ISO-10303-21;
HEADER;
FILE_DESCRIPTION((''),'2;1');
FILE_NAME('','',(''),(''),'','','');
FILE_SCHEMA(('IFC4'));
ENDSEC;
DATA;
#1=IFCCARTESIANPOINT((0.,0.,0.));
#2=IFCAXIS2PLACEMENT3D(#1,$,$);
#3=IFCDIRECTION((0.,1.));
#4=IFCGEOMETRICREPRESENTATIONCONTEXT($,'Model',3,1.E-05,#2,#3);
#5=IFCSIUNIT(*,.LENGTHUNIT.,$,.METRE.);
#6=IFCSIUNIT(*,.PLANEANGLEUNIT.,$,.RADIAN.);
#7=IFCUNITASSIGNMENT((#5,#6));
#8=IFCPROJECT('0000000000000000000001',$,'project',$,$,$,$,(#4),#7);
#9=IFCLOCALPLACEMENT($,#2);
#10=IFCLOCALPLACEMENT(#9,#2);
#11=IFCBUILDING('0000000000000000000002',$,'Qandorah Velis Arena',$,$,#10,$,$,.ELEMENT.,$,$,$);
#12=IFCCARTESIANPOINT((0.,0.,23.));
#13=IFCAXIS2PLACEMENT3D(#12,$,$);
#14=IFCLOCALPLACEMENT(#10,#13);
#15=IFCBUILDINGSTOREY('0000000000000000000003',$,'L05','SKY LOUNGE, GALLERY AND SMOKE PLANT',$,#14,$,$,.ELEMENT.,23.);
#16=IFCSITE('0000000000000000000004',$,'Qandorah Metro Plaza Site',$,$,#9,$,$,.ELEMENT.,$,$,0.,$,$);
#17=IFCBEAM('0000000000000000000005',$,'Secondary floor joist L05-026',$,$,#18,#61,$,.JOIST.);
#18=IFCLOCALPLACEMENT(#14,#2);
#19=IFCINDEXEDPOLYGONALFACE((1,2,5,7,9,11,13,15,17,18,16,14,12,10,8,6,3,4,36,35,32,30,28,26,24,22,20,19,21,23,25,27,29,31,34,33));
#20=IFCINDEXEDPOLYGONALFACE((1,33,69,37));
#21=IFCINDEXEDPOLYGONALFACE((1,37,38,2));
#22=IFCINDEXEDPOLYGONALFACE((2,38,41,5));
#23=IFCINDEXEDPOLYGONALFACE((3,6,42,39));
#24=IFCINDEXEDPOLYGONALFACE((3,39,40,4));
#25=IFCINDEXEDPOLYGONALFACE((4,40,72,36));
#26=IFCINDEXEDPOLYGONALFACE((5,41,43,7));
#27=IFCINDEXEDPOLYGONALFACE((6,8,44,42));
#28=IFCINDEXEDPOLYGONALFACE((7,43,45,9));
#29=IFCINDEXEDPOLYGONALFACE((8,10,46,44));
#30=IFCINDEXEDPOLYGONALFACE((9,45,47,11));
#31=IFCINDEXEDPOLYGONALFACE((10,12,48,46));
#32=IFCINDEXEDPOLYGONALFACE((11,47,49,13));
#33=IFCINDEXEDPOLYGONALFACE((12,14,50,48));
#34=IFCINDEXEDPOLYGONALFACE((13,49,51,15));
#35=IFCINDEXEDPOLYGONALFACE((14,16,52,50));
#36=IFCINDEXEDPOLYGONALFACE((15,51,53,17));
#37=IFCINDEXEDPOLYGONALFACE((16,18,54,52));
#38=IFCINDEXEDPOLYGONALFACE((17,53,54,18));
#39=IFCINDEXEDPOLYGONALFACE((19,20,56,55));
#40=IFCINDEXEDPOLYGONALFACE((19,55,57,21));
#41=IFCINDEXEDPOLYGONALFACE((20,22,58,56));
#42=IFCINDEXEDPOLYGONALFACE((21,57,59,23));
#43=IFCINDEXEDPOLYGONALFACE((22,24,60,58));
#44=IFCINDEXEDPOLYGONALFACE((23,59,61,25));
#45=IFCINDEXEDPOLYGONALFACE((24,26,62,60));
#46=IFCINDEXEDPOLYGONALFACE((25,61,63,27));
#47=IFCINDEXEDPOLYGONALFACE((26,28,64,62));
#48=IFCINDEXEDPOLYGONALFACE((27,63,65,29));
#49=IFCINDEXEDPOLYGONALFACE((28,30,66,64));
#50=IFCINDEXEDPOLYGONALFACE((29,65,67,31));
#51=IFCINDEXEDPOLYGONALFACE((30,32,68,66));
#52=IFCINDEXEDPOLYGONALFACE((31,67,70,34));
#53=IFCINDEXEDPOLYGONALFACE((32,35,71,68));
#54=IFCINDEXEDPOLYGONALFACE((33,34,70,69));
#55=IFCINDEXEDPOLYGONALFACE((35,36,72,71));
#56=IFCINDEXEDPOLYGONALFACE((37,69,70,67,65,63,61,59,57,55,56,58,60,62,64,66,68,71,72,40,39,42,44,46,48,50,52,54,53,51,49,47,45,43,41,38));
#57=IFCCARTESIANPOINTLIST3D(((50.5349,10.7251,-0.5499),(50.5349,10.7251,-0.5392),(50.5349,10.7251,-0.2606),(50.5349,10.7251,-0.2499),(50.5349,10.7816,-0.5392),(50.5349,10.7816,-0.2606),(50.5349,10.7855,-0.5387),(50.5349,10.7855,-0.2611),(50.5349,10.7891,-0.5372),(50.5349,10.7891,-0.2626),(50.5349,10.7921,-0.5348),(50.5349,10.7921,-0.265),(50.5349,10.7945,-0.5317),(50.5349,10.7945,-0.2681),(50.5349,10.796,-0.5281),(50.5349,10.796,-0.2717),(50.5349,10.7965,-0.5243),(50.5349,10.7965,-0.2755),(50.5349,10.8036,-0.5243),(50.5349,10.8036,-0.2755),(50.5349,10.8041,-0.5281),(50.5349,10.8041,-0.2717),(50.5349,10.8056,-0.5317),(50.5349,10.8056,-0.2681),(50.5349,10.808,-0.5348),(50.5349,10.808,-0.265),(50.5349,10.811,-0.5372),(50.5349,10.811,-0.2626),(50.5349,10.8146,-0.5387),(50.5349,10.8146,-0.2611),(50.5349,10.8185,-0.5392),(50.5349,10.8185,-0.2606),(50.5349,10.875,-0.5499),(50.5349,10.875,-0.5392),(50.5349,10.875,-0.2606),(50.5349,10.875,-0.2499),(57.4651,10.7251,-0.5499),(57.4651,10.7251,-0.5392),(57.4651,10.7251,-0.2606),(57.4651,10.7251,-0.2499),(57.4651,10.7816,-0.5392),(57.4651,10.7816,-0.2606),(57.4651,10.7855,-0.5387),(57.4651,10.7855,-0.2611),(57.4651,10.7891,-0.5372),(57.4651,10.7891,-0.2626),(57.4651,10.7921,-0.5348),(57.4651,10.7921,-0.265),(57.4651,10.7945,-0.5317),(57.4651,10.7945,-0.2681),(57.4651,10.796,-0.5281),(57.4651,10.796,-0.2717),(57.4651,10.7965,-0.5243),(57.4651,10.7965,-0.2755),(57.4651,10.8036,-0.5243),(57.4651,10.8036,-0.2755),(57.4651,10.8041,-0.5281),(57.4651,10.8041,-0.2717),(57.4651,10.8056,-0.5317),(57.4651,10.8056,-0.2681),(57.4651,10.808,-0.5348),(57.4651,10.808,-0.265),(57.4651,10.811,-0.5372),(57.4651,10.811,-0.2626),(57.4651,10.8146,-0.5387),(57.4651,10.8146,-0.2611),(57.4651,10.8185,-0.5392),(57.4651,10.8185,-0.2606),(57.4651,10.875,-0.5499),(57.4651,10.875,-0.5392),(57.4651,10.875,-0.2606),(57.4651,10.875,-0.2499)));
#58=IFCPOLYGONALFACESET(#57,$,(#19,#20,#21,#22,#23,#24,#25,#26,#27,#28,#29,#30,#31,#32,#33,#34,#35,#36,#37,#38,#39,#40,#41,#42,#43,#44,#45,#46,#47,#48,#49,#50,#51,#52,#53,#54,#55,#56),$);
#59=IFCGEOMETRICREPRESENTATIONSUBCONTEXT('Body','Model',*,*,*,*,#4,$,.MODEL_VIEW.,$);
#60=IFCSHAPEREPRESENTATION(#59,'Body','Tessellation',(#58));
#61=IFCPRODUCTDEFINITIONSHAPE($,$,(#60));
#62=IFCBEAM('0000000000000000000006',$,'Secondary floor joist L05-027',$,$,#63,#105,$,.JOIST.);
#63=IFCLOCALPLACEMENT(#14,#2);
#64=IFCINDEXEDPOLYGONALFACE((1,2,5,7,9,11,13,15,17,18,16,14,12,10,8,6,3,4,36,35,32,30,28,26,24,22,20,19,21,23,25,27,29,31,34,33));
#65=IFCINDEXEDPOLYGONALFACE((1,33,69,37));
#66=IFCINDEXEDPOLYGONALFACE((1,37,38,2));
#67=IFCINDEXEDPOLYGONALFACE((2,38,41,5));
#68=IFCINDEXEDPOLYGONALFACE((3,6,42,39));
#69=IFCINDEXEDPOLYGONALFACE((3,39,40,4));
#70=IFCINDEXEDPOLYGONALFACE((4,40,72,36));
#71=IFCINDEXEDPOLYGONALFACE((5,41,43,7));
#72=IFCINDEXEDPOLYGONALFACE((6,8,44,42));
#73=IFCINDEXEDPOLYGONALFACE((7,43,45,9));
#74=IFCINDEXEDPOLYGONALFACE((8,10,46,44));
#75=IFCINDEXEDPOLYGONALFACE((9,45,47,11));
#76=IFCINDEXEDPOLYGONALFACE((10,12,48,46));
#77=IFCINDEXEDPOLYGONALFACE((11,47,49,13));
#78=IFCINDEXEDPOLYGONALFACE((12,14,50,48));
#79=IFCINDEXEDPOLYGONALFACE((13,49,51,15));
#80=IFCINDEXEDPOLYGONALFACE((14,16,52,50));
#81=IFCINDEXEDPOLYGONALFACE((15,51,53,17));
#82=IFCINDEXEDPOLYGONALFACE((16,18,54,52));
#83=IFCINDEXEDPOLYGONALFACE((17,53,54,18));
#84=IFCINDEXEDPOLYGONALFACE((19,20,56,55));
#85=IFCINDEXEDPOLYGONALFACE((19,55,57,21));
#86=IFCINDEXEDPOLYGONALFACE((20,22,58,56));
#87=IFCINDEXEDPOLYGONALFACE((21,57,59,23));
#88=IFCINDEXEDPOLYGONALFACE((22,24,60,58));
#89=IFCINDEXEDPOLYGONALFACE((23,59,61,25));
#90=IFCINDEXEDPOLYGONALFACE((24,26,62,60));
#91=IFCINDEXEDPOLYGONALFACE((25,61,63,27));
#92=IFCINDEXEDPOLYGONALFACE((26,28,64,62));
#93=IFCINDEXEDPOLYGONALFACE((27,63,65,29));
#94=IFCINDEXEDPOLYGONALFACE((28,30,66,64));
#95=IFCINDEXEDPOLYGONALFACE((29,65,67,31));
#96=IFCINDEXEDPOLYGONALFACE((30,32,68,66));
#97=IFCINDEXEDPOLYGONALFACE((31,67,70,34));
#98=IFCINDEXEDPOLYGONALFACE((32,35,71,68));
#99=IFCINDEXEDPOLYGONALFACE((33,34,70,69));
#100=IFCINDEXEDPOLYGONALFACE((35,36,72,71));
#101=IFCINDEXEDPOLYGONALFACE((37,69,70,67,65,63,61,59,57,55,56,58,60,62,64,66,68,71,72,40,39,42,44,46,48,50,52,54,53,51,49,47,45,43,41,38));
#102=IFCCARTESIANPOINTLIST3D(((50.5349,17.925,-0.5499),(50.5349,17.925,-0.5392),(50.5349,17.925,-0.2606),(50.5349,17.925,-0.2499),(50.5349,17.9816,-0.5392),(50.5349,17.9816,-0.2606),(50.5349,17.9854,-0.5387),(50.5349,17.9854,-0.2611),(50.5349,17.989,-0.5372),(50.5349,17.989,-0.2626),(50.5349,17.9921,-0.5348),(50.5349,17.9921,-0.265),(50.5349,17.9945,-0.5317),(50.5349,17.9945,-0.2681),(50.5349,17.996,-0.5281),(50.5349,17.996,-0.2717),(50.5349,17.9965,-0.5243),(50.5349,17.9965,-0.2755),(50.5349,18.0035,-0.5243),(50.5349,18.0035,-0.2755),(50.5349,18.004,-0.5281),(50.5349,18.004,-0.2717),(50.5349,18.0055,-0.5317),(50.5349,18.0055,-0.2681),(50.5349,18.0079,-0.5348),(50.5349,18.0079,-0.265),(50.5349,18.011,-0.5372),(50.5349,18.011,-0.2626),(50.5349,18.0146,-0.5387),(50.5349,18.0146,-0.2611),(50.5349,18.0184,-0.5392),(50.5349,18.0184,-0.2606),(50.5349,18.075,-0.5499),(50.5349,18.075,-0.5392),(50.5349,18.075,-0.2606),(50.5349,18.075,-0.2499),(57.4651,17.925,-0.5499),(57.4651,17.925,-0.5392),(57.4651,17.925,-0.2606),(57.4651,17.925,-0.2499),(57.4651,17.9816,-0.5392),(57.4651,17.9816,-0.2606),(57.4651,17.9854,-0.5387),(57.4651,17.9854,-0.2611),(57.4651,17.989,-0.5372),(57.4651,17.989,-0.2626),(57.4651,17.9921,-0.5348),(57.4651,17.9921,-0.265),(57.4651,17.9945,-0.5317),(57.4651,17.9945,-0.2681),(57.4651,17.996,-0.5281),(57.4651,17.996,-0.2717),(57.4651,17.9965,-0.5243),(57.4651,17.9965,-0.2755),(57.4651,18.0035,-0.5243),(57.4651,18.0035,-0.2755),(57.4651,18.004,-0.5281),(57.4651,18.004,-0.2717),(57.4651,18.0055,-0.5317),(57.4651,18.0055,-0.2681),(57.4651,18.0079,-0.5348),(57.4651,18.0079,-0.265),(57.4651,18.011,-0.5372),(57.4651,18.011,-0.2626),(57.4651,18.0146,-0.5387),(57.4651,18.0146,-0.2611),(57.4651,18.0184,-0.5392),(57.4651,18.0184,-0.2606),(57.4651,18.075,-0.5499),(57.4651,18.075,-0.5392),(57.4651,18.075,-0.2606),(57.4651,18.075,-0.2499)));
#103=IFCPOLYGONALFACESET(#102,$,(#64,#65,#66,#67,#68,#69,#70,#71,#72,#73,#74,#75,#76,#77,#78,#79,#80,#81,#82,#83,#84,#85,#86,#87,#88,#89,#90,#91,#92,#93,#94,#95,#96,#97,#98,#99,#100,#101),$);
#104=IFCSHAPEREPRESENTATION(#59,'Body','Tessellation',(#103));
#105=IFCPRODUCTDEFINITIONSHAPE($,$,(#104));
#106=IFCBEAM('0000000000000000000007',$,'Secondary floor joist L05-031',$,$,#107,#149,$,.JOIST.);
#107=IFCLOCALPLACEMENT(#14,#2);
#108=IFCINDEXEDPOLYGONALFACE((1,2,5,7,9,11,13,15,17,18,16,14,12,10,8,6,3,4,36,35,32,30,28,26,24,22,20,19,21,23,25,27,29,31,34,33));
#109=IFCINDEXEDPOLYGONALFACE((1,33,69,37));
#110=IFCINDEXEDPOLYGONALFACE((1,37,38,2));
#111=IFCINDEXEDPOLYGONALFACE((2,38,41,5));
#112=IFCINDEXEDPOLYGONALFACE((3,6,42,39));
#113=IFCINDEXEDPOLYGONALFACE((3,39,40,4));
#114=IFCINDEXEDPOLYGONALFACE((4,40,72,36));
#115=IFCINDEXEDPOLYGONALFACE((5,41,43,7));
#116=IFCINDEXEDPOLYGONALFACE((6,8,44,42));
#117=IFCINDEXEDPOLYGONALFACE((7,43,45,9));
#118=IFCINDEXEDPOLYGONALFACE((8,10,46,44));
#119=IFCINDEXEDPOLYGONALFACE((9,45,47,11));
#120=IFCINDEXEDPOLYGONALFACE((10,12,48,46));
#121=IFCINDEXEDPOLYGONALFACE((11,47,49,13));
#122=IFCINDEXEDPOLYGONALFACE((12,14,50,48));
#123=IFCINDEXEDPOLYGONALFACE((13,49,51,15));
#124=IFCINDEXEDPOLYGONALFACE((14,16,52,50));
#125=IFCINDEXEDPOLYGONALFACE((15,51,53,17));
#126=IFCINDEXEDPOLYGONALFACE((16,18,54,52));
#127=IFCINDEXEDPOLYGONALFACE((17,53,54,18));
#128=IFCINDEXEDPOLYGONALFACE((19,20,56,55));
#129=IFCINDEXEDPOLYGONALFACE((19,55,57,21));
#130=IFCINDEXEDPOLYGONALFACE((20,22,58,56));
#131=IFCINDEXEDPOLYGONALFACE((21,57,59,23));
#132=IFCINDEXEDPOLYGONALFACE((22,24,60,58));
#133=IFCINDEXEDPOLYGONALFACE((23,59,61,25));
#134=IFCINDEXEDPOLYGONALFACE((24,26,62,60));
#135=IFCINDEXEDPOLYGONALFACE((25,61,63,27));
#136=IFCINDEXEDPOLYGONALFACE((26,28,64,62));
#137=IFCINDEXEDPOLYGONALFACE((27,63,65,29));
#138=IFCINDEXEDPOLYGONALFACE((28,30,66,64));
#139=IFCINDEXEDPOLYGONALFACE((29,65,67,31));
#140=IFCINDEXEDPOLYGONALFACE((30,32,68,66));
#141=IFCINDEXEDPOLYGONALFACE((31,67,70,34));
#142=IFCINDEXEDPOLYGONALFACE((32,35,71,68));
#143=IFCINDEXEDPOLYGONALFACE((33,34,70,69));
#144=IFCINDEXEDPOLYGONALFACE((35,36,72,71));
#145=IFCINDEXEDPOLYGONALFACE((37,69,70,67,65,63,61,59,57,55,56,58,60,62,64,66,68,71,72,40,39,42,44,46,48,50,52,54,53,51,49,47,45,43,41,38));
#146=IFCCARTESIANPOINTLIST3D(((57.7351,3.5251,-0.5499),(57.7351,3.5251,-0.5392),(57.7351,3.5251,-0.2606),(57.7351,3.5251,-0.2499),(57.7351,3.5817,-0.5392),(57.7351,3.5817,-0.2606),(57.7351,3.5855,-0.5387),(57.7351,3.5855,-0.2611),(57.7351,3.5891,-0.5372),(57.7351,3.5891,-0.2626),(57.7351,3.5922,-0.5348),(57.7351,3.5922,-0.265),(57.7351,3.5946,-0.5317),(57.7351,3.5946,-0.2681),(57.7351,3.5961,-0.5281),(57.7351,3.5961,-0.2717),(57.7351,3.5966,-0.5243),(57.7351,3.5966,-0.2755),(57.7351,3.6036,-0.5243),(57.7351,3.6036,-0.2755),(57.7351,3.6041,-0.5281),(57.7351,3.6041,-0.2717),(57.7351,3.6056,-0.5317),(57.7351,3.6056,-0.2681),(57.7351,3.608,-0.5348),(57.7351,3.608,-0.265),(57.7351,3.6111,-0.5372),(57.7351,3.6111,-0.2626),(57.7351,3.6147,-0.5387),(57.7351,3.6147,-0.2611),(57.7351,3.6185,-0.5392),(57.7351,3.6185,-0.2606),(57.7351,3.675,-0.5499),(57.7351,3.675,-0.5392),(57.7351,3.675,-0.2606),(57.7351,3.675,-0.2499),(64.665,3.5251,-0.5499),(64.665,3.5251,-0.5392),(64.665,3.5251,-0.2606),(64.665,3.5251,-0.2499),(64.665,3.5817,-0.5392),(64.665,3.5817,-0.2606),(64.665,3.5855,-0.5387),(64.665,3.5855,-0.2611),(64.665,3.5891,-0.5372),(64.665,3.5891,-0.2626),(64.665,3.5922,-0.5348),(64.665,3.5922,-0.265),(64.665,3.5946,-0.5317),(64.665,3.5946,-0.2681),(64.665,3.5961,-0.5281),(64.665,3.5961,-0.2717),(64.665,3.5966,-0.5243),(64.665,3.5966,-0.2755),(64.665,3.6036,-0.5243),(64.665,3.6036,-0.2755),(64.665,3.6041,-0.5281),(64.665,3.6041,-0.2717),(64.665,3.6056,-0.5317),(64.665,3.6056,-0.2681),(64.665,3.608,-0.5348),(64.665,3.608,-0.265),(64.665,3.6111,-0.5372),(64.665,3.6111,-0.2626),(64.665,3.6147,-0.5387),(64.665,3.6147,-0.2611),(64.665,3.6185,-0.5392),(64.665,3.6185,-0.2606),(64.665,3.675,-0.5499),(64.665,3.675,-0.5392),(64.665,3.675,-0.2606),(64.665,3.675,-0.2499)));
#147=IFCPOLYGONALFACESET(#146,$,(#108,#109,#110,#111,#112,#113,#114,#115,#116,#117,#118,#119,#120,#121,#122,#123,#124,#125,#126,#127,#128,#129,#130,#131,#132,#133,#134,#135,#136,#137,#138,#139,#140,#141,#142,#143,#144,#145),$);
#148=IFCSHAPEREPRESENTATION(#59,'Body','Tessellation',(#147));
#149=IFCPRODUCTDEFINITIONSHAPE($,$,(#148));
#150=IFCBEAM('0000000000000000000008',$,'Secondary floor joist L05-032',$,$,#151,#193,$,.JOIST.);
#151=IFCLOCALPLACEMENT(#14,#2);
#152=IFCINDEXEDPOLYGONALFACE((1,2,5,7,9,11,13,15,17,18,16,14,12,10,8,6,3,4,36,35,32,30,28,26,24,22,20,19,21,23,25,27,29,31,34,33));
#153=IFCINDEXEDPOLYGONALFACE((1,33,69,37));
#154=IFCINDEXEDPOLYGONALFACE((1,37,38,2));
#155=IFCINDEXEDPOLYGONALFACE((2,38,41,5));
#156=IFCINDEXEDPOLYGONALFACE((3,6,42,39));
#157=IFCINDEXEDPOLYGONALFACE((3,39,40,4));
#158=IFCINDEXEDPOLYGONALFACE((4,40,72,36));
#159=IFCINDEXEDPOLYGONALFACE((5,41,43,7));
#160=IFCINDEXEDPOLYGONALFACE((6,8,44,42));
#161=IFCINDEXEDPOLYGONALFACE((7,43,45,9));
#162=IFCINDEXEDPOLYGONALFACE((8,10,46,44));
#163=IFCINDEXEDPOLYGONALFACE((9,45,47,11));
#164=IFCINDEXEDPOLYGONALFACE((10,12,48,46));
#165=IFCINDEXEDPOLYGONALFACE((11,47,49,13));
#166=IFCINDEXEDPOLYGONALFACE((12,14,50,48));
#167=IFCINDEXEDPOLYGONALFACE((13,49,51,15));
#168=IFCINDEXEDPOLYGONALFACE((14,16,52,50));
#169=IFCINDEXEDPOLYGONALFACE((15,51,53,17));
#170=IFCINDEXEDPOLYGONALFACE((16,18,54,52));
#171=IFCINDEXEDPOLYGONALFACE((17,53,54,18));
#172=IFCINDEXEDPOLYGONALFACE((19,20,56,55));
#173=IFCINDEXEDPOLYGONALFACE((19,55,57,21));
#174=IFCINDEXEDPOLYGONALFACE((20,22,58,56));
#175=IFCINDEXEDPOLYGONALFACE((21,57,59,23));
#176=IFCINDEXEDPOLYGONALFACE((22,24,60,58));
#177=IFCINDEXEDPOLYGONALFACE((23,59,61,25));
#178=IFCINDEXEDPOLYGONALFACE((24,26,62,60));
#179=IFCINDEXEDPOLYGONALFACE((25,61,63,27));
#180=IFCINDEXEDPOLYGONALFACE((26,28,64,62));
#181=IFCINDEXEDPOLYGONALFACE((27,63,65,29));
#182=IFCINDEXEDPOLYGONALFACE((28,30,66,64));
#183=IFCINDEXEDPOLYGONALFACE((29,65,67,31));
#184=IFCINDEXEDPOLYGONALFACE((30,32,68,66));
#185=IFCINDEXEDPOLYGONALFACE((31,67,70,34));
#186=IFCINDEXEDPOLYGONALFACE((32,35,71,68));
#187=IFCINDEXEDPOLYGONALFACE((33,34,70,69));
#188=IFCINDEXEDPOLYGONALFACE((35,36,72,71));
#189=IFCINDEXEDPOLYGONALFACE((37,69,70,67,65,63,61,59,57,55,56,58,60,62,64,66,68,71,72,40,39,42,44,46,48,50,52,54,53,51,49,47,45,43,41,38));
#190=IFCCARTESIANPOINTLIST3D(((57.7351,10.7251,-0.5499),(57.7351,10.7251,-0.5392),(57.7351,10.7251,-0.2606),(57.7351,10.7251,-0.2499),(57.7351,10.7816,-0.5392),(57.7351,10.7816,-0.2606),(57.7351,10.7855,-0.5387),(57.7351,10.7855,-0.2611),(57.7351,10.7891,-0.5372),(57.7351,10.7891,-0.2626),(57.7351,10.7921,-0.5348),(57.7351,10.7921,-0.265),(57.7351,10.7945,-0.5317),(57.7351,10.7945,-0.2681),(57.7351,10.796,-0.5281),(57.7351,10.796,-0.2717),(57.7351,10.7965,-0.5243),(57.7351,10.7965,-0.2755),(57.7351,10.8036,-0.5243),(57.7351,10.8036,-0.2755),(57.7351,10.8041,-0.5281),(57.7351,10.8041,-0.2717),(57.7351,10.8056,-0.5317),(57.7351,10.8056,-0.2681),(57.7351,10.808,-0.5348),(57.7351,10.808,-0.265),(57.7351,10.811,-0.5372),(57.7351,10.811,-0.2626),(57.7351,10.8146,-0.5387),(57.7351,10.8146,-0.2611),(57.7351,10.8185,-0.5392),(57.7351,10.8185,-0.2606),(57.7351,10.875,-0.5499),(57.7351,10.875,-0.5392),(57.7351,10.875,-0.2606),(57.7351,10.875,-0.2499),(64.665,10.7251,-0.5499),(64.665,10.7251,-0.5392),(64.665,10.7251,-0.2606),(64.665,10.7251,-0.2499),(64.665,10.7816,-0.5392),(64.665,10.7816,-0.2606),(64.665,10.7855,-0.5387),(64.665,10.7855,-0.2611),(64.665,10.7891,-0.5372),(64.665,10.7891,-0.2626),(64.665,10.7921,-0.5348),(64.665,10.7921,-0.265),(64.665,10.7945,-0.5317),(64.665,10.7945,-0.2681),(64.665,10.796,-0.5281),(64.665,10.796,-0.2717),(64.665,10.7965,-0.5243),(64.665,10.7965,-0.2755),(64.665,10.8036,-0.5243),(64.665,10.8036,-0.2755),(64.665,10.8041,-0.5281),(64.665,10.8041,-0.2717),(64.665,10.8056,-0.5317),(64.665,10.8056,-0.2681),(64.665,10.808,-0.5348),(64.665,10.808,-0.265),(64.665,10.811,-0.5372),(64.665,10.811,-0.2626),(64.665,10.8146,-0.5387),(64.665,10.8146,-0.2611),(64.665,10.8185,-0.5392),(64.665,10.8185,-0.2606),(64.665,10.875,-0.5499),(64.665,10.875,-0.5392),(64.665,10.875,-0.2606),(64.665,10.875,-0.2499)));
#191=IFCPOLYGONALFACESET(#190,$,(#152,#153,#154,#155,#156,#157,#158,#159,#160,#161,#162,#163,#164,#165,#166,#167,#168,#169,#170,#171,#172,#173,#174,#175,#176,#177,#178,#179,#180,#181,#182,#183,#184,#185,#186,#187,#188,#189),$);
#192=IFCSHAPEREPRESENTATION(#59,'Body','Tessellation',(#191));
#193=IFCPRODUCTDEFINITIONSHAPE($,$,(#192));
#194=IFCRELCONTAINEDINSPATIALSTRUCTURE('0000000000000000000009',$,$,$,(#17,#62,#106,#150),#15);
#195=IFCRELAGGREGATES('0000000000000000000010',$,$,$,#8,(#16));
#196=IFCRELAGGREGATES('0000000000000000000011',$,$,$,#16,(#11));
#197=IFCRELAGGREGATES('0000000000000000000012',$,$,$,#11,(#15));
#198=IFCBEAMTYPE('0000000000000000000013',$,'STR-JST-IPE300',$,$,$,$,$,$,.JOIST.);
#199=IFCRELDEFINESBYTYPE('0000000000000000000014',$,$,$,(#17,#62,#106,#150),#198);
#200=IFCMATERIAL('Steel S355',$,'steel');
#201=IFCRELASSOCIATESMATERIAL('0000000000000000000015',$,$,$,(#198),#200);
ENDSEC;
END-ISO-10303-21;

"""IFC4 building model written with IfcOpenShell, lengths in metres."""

from ifc_helpers import new_model, si_unit, direction, frame, origin, origin_2d, place, context, subcontext, project, spatial, i_section, extrude, material, material_profile, profile_set, type_object, element, save


model = new_model("IFC4")

# Units and contexts
model_context = context("Model", 3, precision=1e-05, world=origin(), true_north=direction((0.0, 1.0)))
body_context = subcontext(model_context, "Body", "Model", "MODEL_VIEW")
ifc_project = project(units=[si_unit("LENGTHUNIT", "METRE"), si_unit("PLANEANGLEUNIT", "RADIAN")], contexts=[model_context])

# Site, building, storey
site_placement = place(None, origin())
site = spatial("IfcSite", under=ifc_project, at=site_placement, Name="Qandorah Metro Plaza Site", CompositionType="ELEMENT", RefElevation=0.0)
building_placement = place(site_placement, origin())
building = spatial("IfcBuilding", under=site, at=building_placement, Name="Qandorah Velis Arena", CompositionType="ELEMENT")
storey_placement = place(building_placement, frame((0.0, 0.0, 23.0)))
storey = spatial("IfcBuildingStorey", under=building, at=storey_placement, Name="L05", Description="SKY LOUNGE, GALLERY AND SMOKE PLANT", CompositionType="ELEMENT", Elevation=23.0)

# Beams
ifc_material_1 = material(Name="Steel S355", Category="steel")
ifc_material_profile_1 = material_profile(ifc_material_1, i_section(OverallWidth=0.1499, OverallDepth=0.3, WebThickness=0.0071, FlangeThickness=0.0107, FilletRadius=0.0149, at=origin_2d()), Name="IPE 300")
ifc_profile_set_1 = profile_set([ifc_material_profile_1], Name="Steel S355")
beam_type_1 = type_object("IfcBeamType", Name="STR-JST-IPE300", PredefinedType="JOIST", material=ifc_profile_set_1)
for number, where, z_axis, x_axis, name in (
    (1, (50.5349, 10.8, -0.3999), (1.0, 0.0, 0.0), (0.0, 1.0, 0.0), "Secondary floor joist L05-026"),
    (2, (50.5349, 18.0, -0.3999), (1.0, 0.0, 0.0), (0.0, 1.0, 0.0), "Secondary floor joist L05-027"),
):
    element("IfcBeam", number, at=place(storey_placement, frame(where, z_axis=z_axis, x_axis=x_axis)), inside=storey, type_object=beam_type_1, Name=name, PredefinedType="JOIST", context=body_context, shape_type="SweptSolid", body=[
        extrude(i_section(OverallWidth=0.1499, OverallDepth=0.3, WebThickness=0.0071, FlangeThickness=0.0107, FilletRadius=0.0149, at=origin_2d()), origin(), (0.0, 0.0, 1.0), 6.9302),
    ])
for number, where, z_axis, x_axis, name in (
    (3, (57.7351, 3.6001, -0.3999), (1.0, 0.0, 0.0), (0.0, 1.0, 0.0), "Secondary floor joist L05-031"),
    (4, (57.7351, 10.8, -0.3999), (1.0, 0.0, 0.0), (0.0, 1.0, 0.0), "Secondary floor joist L05-032"),
):
    element("IfcBeam", number, at=place(storey_placement, frame(where, z_axis=z_axis, x_axis=x_axis)), inside=storey, type_object=beam_type_1, Name=name, PredefinedType="JOIST", context=body_context, shape_type="SweptSolid", body=[
        extrude(i_section(OverallWidth=0.1499, OverallDepth=0.3, WebThickness=0.0071, FlangeThickness=0.0107, FilletRadius=0.0149, at=origin_2d()), origin(), (0.0, 0.0, 1.0), 6.9299),
    ])

save(model, "model.ifc")
